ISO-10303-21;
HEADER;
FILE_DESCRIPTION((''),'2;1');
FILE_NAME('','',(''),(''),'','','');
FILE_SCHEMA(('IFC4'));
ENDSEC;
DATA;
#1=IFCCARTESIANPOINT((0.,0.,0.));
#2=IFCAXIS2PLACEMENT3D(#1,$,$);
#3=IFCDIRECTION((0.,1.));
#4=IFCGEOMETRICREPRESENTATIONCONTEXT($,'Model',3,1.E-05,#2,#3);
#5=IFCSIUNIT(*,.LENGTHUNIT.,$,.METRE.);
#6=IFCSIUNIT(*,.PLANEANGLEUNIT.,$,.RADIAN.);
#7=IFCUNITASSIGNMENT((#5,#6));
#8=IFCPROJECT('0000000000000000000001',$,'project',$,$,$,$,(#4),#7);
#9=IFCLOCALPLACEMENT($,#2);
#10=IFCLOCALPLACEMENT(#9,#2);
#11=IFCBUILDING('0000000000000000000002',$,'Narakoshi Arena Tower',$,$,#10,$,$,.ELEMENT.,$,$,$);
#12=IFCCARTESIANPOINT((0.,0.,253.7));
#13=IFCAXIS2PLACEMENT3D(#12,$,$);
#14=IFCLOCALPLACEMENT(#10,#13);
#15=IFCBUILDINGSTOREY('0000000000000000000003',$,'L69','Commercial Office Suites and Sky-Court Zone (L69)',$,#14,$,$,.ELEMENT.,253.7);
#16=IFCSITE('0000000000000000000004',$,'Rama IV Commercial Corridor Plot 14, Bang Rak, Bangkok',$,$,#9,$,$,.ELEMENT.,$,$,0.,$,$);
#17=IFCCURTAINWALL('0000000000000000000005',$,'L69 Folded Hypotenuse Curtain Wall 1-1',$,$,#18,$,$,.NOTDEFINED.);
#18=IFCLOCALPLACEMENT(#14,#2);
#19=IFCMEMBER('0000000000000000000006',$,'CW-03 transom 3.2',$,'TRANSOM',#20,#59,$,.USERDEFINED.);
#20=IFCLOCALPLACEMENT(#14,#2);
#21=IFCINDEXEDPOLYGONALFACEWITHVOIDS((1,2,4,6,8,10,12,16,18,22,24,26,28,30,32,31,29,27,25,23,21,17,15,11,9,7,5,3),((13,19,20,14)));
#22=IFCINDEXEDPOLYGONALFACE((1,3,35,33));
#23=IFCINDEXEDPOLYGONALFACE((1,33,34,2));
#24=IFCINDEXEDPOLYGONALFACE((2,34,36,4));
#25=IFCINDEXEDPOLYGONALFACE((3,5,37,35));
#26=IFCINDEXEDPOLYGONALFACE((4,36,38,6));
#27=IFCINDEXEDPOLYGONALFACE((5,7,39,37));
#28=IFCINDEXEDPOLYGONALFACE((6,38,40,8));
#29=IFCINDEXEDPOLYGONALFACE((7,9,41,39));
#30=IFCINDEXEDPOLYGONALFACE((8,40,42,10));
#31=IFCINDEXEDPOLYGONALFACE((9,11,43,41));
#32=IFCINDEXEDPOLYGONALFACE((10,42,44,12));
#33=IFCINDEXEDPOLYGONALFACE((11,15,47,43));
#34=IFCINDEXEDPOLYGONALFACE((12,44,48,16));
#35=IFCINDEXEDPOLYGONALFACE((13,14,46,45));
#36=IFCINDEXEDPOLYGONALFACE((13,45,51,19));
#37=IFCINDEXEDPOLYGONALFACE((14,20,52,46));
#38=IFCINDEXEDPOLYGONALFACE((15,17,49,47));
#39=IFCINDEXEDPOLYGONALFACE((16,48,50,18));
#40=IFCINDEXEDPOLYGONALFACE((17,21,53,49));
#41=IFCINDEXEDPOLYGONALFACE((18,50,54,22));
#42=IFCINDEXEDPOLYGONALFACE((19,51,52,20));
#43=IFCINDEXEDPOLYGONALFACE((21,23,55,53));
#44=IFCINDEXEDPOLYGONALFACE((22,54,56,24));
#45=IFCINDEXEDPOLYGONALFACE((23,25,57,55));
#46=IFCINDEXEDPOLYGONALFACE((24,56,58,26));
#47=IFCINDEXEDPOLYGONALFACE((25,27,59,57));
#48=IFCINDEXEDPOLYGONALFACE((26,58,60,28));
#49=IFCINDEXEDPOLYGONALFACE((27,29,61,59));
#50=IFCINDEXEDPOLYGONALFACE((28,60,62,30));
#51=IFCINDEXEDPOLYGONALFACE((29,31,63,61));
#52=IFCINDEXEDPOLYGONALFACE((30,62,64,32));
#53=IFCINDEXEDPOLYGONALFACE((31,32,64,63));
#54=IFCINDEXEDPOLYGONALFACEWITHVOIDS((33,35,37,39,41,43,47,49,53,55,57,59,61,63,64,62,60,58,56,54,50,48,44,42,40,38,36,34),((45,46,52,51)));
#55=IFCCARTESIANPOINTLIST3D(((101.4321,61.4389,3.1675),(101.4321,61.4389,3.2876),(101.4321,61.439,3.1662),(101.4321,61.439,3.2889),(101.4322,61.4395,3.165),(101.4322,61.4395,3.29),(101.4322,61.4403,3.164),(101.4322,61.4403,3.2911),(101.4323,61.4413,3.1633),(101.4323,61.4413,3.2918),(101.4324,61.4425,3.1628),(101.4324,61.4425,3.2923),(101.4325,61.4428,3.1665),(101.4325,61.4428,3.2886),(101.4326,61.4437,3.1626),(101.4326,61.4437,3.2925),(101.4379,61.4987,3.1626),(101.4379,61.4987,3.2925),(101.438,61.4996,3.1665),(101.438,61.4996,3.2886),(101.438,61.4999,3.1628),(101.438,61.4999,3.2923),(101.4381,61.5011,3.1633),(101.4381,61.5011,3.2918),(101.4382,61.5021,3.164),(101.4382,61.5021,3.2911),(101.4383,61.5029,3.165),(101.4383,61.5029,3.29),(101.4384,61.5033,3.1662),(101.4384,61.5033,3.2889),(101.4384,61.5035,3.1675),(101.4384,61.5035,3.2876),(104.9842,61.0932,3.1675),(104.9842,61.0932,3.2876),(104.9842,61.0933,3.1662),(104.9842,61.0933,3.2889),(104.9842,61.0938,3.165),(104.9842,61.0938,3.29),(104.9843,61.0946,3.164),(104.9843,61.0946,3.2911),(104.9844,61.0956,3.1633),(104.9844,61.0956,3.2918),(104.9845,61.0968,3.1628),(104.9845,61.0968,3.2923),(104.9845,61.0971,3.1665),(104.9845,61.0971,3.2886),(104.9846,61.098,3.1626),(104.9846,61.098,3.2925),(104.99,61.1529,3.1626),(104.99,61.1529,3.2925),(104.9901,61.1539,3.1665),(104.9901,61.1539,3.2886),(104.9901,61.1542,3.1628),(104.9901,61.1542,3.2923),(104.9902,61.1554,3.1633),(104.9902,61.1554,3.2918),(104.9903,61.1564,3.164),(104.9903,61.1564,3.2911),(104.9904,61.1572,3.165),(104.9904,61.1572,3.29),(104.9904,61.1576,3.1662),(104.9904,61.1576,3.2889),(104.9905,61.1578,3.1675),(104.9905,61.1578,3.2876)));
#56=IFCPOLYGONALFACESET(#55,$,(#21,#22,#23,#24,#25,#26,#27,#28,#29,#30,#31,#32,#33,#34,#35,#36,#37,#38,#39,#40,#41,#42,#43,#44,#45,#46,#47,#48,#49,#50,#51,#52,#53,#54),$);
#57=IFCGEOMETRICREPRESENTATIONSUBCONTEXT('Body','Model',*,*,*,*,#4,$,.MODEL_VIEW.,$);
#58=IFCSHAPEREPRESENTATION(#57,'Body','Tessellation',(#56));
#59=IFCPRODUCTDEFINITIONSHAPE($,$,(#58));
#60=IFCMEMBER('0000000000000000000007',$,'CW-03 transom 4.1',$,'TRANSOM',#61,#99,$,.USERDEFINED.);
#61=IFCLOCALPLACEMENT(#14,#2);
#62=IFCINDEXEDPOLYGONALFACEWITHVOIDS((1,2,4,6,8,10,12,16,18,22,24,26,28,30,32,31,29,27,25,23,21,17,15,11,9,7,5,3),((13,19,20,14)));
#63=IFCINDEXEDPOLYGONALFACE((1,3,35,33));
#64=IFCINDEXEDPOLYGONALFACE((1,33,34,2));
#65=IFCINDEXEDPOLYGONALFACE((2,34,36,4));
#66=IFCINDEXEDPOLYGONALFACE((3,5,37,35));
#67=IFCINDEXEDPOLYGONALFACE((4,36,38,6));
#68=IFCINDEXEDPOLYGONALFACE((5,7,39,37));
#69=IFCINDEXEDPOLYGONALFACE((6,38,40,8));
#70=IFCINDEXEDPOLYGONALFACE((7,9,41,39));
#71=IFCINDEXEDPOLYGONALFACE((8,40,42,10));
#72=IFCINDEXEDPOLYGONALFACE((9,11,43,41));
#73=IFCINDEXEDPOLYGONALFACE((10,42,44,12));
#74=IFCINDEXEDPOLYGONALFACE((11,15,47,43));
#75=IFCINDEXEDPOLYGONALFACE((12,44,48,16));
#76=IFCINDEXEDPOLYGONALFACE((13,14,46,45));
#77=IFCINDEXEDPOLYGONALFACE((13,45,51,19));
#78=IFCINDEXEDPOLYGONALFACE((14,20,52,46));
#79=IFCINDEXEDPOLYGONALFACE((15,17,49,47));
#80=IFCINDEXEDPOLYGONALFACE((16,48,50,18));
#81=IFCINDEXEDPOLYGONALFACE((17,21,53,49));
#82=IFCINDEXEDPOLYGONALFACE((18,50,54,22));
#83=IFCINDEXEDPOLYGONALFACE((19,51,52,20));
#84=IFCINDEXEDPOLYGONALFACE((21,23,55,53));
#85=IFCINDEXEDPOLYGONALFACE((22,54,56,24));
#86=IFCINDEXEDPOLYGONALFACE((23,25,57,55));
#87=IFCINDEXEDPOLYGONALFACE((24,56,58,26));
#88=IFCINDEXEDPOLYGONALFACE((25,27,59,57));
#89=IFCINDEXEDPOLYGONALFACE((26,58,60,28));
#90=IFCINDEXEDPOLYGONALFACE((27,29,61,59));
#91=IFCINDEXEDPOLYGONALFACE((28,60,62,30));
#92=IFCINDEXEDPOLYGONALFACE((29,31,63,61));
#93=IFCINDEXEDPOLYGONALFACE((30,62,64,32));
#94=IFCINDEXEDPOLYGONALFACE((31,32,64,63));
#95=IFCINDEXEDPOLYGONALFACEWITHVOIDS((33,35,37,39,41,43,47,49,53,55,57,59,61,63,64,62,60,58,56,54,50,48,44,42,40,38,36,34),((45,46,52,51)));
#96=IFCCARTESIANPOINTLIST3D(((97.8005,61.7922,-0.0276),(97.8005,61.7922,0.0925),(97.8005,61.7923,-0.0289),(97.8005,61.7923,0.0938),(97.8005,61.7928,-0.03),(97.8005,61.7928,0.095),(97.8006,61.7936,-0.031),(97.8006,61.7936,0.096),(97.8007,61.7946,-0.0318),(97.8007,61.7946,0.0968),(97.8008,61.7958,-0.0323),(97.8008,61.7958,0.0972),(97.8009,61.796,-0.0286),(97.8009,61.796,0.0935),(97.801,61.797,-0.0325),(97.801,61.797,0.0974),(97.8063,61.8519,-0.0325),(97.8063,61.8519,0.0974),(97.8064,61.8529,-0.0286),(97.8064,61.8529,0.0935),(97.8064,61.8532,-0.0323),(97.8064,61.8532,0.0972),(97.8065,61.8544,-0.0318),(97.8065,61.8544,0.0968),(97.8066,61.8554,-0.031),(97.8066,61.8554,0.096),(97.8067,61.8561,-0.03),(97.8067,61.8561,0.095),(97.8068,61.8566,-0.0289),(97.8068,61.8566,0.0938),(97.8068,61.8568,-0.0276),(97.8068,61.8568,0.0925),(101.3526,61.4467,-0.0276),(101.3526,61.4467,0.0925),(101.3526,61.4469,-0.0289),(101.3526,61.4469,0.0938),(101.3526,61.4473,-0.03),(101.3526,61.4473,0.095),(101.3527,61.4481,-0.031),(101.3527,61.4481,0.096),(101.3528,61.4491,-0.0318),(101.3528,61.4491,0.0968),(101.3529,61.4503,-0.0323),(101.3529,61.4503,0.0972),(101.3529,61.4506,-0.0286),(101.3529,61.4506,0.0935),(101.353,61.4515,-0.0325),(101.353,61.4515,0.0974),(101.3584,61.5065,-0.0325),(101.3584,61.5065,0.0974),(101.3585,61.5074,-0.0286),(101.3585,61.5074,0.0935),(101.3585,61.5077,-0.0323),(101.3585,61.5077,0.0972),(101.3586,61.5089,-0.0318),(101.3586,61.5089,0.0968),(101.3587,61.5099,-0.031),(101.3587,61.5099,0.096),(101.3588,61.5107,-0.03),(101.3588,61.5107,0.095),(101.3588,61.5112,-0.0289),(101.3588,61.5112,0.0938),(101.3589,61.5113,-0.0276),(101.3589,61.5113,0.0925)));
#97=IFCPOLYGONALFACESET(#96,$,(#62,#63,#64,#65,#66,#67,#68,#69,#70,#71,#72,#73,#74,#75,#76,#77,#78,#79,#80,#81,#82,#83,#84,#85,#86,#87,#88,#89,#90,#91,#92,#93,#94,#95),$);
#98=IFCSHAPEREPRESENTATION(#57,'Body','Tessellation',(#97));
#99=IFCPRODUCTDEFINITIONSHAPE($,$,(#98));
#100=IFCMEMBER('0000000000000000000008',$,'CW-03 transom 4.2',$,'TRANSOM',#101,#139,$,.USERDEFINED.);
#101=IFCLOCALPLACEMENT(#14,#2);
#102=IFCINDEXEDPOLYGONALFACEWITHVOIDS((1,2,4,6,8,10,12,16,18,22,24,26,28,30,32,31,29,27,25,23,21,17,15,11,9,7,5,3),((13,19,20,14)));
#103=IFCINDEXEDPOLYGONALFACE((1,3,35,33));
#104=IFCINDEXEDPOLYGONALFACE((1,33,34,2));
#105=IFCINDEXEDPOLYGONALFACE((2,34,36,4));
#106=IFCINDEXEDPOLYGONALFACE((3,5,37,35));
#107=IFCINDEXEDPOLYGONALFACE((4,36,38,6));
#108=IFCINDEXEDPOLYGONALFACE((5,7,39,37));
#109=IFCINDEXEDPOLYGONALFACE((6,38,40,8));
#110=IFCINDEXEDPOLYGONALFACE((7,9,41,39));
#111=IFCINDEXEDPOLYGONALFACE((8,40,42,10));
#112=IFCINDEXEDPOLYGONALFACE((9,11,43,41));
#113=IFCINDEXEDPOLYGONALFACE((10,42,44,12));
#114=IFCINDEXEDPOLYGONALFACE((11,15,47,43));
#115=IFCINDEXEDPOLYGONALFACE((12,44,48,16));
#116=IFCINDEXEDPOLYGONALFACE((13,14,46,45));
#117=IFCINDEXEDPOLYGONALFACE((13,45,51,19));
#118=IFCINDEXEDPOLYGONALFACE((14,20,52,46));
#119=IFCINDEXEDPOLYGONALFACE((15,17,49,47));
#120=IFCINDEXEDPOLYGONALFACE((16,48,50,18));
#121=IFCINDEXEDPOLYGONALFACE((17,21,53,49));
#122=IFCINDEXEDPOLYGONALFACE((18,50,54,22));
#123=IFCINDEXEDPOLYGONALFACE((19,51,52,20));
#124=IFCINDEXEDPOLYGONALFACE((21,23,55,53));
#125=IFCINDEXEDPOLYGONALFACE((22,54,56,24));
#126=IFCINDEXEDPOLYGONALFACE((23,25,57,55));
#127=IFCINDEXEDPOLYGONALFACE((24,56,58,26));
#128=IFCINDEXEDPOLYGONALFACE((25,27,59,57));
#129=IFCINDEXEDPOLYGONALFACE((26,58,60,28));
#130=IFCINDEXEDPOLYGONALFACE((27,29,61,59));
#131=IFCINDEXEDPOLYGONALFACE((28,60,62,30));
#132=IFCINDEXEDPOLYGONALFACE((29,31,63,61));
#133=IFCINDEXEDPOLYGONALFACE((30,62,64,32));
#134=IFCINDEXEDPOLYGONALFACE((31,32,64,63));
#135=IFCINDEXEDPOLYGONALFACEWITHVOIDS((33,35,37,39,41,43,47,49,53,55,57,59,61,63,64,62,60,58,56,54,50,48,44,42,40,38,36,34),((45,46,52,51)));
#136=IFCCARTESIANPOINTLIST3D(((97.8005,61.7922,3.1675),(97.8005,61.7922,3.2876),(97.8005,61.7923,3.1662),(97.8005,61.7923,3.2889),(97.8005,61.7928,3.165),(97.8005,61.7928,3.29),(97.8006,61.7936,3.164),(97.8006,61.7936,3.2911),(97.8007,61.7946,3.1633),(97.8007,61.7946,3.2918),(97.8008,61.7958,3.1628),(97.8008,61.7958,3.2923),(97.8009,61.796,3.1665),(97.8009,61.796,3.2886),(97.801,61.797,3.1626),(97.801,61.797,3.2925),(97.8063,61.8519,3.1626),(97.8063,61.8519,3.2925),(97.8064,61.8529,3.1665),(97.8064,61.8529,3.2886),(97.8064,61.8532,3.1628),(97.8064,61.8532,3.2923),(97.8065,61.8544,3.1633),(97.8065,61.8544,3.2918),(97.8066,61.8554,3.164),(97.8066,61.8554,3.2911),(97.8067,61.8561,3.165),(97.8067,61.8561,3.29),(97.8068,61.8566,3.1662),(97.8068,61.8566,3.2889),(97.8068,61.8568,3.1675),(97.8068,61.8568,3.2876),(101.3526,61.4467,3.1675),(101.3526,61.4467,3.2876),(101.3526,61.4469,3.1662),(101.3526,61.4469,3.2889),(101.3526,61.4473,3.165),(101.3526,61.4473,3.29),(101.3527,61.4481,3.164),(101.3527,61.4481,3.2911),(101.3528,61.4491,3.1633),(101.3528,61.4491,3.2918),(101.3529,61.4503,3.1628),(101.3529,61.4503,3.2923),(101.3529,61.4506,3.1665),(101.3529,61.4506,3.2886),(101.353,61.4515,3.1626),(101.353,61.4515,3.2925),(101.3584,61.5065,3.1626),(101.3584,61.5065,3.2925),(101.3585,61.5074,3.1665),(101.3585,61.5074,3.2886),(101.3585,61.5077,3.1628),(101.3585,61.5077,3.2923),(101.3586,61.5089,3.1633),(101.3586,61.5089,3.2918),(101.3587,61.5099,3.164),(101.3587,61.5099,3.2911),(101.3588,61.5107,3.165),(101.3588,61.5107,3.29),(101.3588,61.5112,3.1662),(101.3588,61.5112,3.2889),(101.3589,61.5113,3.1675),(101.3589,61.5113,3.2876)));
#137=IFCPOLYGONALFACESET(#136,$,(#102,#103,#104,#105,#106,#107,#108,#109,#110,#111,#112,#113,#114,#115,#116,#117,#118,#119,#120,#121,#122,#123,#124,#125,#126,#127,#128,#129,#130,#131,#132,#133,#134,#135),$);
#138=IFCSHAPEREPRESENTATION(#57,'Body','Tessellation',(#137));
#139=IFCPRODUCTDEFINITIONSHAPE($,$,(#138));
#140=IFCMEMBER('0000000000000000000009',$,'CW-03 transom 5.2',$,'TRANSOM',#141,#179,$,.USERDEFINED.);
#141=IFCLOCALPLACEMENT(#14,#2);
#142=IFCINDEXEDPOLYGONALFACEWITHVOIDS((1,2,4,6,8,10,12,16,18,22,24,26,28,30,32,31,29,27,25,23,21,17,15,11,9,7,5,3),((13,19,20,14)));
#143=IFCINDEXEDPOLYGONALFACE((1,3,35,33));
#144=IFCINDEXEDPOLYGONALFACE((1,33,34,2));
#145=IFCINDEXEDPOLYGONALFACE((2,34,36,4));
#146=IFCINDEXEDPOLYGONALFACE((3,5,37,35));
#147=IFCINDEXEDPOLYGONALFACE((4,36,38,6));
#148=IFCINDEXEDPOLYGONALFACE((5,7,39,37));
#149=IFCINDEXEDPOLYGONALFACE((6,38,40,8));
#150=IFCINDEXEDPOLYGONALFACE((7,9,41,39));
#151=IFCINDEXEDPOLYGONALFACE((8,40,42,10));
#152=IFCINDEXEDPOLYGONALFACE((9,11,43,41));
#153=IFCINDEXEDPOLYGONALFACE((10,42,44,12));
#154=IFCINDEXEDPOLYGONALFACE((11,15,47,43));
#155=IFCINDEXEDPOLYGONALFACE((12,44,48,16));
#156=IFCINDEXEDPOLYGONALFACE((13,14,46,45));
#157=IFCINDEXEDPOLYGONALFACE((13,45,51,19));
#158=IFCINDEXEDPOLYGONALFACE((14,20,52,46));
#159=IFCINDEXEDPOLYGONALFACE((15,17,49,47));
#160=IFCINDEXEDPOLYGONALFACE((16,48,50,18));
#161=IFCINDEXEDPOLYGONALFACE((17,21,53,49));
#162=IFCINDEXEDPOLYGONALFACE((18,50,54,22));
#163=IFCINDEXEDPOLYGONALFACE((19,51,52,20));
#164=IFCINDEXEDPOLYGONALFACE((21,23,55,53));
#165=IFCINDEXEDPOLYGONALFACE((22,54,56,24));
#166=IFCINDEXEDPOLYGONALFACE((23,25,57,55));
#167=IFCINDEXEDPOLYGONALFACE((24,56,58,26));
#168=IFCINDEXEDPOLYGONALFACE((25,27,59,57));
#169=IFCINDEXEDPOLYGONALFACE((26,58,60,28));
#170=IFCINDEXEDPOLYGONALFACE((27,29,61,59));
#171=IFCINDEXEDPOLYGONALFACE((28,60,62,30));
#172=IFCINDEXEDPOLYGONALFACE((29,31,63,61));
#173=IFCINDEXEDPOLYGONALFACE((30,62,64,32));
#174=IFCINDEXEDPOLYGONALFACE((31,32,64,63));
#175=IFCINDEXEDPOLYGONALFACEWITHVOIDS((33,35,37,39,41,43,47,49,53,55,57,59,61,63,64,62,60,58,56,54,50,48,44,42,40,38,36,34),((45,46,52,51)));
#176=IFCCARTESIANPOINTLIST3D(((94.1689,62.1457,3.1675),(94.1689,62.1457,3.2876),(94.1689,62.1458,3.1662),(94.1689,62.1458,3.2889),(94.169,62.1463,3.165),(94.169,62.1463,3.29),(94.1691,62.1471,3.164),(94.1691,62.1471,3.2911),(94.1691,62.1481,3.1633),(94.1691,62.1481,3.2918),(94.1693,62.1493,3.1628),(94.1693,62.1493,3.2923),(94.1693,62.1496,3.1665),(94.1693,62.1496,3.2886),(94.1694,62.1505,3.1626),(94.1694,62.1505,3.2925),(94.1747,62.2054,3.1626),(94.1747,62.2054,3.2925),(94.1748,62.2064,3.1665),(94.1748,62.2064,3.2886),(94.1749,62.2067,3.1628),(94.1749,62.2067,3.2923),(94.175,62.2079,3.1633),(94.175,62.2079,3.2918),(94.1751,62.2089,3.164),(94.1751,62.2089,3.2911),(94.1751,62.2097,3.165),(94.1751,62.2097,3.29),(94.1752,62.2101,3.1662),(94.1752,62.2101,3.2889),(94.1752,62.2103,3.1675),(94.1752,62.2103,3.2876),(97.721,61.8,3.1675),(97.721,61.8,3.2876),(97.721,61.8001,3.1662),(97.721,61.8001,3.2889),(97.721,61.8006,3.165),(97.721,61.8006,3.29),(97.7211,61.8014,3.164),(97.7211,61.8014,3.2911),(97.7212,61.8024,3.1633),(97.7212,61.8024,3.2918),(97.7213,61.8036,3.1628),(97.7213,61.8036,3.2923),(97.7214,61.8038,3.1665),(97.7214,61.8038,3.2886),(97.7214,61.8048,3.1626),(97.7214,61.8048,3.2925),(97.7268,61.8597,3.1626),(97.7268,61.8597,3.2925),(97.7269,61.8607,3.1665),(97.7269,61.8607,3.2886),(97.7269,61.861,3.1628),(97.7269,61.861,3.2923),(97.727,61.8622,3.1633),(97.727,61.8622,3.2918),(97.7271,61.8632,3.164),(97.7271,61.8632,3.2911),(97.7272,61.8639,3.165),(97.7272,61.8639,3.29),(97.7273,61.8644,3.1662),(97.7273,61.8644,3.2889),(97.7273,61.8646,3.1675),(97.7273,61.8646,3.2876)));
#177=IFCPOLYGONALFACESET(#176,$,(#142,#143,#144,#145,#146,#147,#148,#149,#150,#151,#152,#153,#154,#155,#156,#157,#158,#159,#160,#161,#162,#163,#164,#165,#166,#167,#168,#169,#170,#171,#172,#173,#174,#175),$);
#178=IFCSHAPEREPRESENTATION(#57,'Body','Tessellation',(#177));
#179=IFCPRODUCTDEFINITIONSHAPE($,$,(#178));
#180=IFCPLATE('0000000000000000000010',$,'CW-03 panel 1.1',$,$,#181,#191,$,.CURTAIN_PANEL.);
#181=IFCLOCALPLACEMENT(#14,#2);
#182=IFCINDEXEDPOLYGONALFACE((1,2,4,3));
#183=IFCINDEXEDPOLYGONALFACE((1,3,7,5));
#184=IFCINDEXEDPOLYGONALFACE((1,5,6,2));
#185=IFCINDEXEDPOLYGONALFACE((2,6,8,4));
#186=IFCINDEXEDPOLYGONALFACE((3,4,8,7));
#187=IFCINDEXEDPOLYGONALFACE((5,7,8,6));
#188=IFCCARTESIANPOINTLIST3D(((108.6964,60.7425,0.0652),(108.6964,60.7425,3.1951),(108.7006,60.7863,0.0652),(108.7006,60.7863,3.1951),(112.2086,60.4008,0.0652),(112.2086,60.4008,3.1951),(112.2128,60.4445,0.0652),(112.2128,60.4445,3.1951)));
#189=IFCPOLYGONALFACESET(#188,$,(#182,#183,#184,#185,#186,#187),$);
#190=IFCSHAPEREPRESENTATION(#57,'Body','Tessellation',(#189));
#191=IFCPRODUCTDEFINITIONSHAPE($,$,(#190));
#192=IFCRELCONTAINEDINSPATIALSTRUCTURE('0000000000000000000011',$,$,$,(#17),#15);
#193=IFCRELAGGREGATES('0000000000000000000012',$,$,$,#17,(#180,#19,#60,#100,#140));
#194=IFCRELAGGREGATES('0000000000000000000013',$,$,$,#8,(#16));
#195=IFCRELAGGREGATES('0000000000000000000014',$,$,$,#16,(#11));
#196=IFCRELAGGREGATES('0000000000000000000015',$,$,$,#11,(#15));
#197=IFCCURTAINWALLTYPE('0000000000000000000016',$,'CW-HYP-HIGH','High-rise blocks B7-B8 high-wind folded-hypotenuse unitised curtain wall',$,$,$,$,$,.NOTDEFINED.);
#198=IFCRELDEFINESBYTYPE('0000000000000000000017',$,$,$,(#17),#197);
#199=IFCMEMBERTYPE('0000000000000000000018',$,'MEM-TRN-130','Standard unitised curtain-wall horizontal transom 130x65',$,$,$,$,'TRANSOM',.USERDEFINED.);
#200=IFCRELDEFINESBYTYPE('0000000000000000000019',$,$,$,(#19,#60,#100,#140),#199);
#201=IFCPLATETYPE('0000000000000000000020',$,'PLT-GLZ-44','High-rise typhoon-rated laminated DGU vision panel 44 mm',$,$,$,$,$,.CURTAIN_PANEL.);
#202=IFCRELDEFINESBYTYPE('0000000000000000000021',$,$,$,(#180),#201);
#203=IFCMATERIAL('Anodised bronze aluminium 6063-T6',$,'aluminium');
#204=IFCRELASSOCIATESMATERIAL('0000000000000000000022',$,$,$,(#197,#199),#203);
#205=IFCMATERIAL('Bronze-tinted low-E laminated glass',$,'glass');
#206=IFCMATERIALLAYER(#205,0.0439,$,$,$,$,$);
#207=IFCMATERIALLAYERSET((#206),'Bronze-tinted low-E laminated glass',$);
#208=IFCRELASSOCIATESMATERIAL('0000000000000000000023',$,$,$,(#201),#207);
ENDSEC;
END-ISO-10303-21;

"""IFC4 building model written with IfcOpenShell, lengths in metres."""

from ifc_helpers import new_model, si_unit, direction, frame, origin, origin_2d, place, context, subcontext, project, spatial, rectangle, hollow_rectangle, extrude, material, layer, layer_set, material_profile, profile_set, type_object, element, aggregate, save


model = new_model("IFC4")

# Units and contexts
model_context = context("Model", 3, precision=1e-05, world=origin(), true_north=direction((0.0, 1.0)))
body_context = subcontext(model_context, "Body", "Model", "MODEL_VIEW")
ifc_project = project(units=[si_unit("LENGTHUNIT", "METRE"), si_unit("PLANEANGLEUNIT", "RADIAN")], contexts=[model_context])

# Site, building, storey
site_placement = place(None, origin())
site = spatial("IfcSite", under=ifc_project, at=site_placement, Name="Rama IV Commercial Corridor Plot 14, Bang Rak, Bangkok", CompositionType="ELEMENT", RefElevation=0.0)
building_placement = place(site_placement, origin())
building = spatial("IfcBuilding", under=site, at=building_placement, Name="Narakoshi Arena Tower", CompositionType="ELEMENT")
storey_placement = place(building_placement, frame((0.0, 0.0, 253.7)))
storey = spatial("IfcBuildingStorey", under=building, at=storey_placement, Name="L69", Description="Commercial Office Suites and Sky-Court Zone (L69)", CompositionType="ELEMENT", Elevation=253.7)

# Curtain wall, members, plate
ifc_material_1 = material(Name="Anodised bronze aluminium 6063-T6", Category="aluminium")
curtain_wall_type = type_object("IfcCurtainWallType", Name="CW-HYP-HIGH", Description="High-rise blocks B7-B8 high-wind folded-hypotenuse unitised curtain wall", PredefinedType="NOTDEFINED", material=ifc_material_1)
curtain_wall_placement = place(storey_placement, origin())
curtain_wall = element("IfcCurtainWall", 1, at=curtain_wall_placement, inside=storey, type_object=curtain_wall_type, Name="L69 Folded Hypotenuse Curtain Wall 1-1", PredefinedType="NOTDEFINED")
ifc_material_profile_1 = material_profile(ifc_material_1, hollow_rectangle(XDim=0.0649, YDim=0.1299, WallThickness=0.0039, OuterFilletRadius=0.0049, at=origin_2d()), Name="TRN130x65x4")
ifc_profile_set_1 = profile_set([ifc_material_profile_1], Name="Anodised bronze aluminium 6063-T6")
member_type_1 = type_object("IfcMemberType", Name="MEM-TRN-130", Description="Standard unitised curtain-wall horizontal transom 130x65", ElementType="TRANSOM", PredefinedType="USERDEFINED", material=ifc_profile_set_1)
member_1_placement = place(storey_placement, frame((104.9873, 61.1255, 3.2275), z_axis=(-0.995297, 0.096869, 0.0), x_axis=(-0.096869, -0.995297, 0.0)))
member_1 = element("IfcMember", 2, at=member_1_placement, type_object=member_type_1, Name="CW-03 transom 3.2", ObjectType="TRANSOM", PredefinedType="USERDEFINED", context=body_context, shape_type="SweptSolid", body=[
    extrude(hollow_rectangle(XDim=0.0649, YDim=0.1299, WallThickness=0.0039, OuterFilletRadius=0.0049, at=origin_2d()), origin(), (0.0, 0.0, 1.0), 3.5688),
])
member_2_placement = place(storey_placement, frame((101.3557, 61.479, 0.0325), z_axis=(-0.995304, 0.096801, 0.0), x_axis=(-0.096801, -0.995304, 0.0)))
member_2 = element("IfcMember", 3, at=member_2_placement, type_object=member_type_1, Name="CW-03 transom 4.1", ObjectType="TRANSOM", PredefinedType="USERDEFINED", context=body_context, shape_type="SweptSolid", body=[
    extrude(hollow_rectangle(XDim=0.0649, YDim=0.1299, WallThickness=0.0039, OuterFilletRadius=0.0049, at=origin_2d()), origin(), (0.0, 0.0, 1.0), 3.5688),
])
member_3_placement = place(storey_placement, frame((101.3557, 61.479, 3.2275), z_axis=(-0.995304, 0.096801, 0.0), x_axis=(-0.096801, -0.995304, 0.0)))
member_3 = element("IfcMember", 4, at=member_3_placement, type_object=member_type_1, Name="CW-03 transom 4.2", ObjectType="TRANSOM", PredefinedType="USERDEFINED", context=body_context, shape_type="SweptSolid", body=[
    extrude(hollow_rectangle(XDim=0.0649, YDim=0.1299, WallThickness=0.0039, OuterFilletRadius=0.0049, at=origin_2d()), origin(), (0.0, 0.0, 1.0), 3.5688),
])
member_4_placement = place(storey_placement, frame((97.7241, 61.8323, 3.2275), z_axis=(-0.995297, 0.096869, 0.0), x_axis=(-0.096869, -0.995297, 0.0)))
member_4 = element("IfcMember", 5, at=member_4_placement, type_object=member_type_1, Name="CW-03 transom 5.2", ObjectType="TRANSOM", PredefinedType="USERDEFINED", context=body_context, shape_type="SweptSolid", body=[
    extrude(hollow_rectangle(XDim=0.0649, YDim=0.1299, WallThickness=0.0039, OuterFilletRadius=0.0049, at=origin_2d()), origin(), (0.0, 0.0, 1.0), 3.5688),
])
ifc_material_2 = material(Name="Bronze-tinted low-E laminated glass", Category="glass")
ifc_layer_1 = layer(ifc_material_2, 0.0439)
ifc_layer_set_1 = layer_set([ifc_layer_1], Name="Bronze-tinted low-E laminated glass")
plate_type = type_object("IfcPlateType", Name="PLT-GLZ-44", Description="High-rise typhoon-rated laminated DGU vision panel 44 mm", PredefinedType="CURTAIN_PANEL", material=ifc_layer_set_1)
plate_1_placement = place(storey_placement, frame((110.4546, 60.5935, 0.0652), z_axis=(0.0, 0.0, 1.0), x_axis=(-0.995299, 0.096851, 0.0)))
plate_1 = element("IfcPlate", 6, at=plate_1_placement, type_object=plate_type, Name="CW-03 panel 1.1", PredefinedType="CURTAIN_PANEL", context=body_context, shape_type="SweptSolid", body=[
    extrude(rectangle(XDim=3.5288, YDim=0.0439, at=origin_2d()), origin(), (0.0, 0.0, 1.0), 3.1299),
])
aggregate(curtain_wall, [plate_1, member_1, member_2, member_3, member_4])

save(model, "model.ifc")
